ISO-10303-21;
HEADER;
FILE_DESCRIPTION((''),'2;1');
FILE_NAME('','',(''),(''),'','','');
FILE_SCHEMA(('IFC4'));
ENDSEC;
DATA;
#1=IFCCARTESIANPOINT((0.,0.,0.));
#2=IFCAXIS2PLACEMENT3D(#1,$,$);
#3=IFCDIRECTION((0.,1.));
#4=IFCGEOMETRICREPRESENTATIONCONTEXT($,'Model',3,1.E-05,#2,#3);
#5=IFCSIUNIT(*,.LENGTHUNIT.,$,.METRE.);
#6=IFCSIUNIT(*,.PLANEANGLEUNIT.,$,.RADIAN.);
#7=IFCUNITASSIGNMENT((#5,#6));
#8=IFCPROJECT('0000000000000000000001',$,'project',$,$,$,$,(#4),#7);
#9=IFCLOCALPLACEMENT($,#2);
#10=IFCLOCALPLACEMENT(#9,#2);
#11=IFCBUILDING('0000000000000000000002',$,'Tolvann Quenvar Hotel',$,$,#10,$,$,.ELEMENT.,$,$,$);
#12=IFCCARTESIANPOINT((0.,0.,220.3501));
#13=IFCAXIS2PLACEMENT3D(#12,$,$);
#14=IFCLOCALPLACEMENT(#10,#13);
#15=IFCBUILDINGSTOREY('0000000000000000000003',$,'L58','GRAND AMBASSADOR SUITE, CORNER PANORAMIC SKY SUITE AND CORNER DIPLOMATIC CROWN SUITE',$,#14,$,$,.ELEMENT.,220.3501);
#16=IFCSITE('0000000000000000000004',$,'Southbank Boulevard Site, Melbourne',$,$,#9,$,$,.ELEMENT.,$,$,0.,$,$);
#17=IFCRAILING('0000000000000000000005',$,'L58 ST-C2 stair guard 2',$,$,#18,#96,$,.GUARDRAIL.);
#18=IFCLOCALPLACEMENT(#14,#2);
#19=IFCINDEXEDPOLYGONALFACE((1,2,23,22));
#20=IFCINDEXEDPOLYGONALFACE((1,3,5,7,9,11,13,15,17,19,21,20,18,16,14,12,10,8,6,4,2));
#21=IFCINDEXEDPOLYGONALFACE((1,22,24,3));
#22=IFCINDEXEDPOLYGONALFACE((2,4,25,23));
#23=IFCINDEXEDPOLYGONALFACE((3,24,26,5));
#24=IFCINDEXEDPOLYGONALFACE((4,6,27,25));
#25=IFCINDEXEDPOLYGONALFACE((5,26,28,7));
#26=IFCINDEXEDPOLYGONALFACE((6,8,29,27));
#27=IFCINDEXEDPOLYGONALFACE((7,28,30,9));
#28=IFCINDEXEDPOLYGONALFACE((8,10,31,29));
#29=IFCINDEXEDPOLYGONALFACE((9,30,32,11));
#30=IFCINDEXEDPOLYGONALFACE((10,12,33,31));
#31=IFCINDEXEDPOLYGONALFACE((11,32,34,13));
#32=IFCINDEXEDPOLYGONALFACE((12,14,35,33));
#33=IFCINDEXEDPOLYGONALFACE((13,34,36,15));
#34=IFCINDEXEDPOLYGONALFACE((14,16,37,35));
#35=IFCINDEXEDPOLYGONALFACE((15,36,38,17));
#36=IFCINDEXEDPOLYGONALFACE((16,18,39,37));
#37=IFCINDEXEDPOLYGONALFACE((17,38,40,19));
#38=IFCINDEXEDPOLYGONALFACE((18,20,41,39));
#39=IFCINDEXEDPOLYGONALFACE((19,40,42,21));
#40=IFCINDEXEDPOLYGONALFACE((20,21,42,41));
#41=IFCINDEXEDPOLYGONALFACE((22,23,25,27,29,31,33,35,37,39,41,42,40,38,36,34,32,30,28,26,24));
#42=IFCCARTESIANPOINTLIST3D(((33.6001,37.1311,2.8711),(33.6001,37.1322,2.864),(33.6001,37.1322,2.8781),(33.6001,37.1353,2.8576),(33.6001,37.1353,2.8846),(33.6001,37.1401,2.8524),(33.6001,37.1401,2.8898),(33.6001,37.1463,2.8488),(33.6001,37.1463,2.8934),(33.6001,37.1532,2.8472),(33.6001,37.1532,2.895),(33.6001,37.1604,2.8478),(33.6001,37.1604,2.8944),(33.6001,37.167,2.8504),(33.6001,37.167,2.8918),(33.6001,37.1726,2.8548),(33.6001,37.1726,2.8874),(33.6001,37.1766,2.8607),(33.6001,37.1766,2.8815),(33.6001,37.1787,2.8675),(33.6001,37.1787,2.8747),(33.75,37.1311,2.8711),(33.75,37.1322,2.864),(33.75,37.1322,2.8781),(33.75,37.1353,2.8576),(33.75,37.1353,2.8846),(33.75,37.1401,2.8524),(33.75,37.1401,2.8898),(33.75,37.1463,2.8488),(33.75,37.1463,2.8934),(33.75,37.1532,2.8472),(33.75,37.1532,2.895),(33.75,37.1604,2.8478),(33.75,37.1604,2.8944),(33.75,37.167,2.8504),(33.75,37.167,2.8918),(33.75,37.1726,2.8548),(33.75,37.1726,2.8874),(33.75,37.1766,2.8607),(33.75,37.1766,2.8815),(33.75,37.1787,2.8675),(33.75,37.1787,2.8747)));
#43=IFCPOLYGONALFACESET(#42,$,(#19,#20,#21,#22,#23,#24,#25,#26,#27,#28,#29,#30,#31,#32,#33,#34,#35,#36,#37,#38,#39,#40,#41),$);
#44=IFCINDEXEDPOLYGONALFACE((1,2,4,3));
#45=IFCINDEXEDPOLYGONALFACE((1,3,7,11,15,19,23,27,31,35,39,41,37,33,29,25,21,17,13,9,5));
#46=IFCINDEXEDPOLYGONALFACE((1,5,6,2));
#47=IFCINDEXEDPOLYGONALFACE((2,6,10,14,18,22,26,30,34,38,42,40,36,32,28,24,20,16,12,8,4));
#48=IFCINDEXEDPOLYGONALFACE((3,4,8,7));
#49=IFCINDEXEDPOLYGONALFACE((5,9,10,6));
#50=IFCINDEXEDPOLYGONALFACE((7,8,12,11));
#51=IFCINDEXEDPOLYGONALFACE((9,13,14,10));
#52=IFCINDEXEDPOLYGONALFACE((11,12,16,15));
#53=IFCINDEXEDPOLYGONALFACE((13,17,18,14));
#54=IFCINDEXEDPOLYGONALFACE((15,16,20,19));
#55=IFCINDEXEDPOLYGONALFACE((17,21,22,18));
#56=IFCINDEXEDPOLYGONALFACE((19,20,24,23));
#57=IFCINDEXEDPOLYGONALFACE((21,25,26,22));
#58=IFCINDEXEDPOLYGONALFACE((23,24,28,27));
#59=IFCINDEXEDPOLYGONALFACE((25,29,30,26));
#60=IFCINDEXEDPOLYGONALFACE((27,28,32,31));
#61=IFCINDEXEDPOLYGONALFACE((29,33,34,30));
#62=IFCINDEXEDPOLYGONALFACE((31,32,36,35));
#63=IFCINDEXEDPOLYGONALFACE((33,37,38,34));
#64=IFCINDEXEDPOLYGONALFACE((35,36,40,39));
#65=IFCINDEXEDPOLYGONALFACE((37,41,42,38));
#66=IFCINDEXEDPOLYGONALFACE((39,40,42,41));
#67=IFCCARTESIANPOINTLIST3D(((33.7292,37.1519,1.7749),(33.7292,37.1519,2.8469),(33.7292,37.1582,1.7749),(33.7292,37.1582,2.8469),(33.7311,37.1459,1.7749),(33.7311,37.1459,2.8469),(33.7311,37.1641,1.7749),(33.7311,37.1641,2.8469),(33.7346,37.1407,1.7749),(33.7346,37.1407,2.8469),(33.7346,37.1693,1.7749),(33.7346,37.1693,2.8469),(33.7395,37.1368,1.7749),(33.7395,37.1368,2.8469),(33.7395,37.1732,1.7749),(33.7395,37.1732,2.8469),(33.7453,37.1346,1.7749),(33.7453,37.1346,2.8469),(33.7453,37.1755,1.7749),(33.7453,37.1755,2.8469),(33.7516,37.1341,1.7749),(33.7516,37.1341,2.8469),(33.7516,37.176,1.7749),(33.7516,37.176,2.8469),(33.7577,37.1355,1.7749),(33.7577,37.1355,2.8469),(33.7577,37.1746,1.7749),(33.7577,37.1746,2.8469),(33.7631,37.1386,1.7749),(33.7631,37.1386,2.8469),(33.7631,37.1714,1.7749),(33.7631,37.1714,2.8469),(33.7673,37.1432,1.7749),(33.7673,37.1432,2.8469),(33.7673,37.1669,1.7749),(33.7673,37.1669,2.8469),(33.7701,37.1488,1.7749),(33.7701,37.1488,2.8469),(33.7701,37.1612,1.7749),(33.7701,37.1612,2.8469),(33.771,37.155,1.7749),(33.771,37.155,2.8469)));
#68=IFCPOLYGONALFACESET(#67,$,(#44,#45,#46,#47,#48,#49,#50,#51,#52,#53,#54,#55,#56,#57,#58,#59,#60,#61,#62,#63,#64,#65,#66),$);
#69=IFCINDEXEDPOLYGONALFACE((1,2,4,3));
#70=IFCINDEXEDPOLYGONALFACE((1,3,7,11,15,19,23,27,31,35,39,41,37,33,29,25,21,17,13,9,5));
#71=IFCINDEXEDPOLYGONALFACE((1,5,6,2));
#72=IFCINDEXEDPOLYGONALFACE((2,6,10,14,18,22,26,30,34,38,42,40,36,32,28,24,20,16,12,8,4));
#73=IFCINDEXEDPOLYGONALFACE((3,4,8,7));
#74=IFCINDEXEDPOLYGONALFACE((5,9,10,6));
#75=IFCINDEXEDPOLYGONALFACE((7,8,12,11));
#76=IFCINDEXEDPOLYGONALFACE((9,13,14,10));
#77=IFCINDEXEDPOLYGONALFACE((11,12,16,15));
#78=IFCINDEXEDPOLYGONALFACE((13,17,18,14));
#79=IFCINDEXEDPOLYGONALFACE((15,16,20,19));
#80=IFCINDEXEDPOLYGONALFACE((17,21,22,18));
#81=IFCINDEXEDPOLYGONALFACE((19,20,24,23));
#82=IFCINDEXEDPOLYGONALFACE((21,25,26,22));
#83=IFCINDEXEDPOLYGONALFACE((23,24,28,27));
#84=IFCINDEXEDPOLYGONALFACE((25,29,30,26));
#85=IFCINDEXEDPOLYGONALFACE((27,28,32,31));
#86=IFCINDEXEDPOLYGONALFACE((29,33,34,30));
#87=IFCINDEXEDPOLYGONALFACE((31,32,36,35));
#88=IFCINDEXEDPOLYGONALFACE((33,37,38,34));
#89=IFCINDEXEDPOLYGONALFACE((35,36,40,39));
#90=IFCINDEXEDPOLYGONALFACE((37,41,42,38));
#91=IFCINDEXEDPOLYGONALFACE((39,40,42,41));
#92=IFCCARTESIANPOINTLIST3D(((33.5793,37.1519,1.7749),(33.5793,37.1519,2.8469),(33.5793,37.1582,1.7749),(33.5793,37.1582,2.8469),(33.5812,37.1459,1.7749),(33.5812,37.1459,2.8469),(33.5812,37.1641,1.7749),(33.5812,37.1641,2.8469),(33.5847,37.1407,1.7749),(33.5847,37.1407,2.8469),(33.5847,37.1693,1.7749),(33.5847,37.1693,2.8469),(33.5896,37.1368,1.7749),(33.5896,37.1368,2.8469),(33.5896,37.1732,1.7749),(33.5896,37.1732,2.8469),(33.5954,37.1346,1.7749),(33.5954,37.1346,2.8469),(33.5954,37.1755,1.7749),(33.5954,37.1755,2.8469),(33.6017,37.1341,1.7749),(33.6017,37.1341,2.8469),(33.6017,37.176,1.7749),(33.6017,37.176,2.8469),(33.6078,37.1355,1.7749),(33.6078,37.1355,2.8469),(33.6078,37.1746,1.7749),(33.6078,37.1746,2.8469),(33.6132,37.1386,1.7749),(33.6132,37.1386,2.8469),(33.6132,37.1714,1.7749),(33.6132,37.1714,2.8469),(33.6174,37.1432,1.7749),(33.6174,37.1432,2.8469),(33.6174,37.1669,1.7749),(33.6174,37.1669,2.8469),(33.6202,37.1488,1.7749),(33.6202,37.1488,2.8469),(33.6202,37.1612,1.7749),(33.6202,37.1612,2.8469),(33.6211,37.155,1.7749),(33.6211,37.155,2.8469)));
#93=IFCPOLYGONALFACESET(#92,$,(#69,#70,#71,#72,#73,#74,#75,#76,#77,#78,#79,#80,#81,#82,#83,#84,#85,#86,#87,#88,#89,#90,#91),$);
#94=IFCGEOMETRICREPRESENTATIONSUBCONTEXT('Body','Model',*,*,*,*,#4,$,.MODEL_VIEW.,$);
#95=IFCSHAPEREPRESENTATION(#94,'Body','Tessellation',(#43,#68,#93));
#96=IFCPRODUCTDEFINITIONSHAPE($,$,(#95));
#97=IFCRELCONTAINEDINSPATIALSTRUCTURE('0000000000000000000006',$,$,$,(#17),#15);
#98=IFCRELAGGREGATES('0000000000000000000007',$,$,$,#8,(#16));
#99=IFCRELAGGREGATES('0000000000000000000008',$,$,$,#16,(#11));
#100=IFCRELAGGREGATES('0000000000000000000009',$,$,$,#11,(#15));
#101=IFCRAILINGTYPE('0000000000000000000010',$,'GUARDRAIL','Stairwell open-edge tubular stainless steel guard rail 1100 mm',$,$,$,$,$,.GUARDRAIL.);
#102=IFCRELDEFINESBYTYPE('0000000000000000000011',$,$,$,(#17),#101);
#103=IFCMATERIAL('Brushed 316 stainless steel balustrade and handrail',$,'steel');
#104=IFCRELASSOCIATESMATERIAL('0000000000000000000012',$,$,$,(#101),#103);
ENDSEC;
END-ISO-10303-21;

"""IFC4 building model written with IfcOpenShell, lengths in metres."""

from ifc_helpers import new_model, si_unit, direction, frame, origin, origin_2d, place, context, subcontext, project, spatial, circle, extrude, material, type_object, element, save


model = new_model("IFC4")

# Units and contexts
model_context = context("Model", 3, precision=1e-05, world=origin(), true_north=direction((0.0, 1.0)))
body_context = subcontext(model_context, "Body", "Model", "MODEL_VIEW")
ifc_project = project(units=[si_unit("LENGTHUNIT", "METRE"), si_unit("PLANEANGLEUNIT", "RADIAN")], contexts=[model_context])

# Site, building, storey
site_placement = place(None, origin())
site = spatial("IfcSite", under=ifc_project, at=site_placement, Name="Southbank Boulevard Site, Melbourne", CompositionType="ELEMENT", RefElevation=0.0)
building_placement = place(site_placement, origin())
building = spatial("IfcBuilding", under=site, at=building_placement, Name="Tolvann Quenvar Hotel", CompositionType="ELEMENT")
storey_placement = place(building_placement, frame((0.0, 0.0, 220.3501)))
storey = spatial("IfcBuildingStorey", under=building, at=storey_placement, Name="L58", Description="GRAND AMBASSADOR SUITE, CORNER PANORAMIC SKY SUITE AND CORNER DIPLOMATIC CROWN SUITE", CompositionType="ELEMENT", Elevation=220.3501)

# Railing
ifc_material_1 = material(Name="Brushed 316 stainless steel balustrade and handrail", Category="steel")
railing_type_1 = type_object("IfcRailingType", Name="GUARDRAIL", Description="Stairwell open-edge tubular stainless steel guard rail 1100 mm", PredefinedType="GUARDRAIL", material=ifc_material_1)
railing_1_placement = place(storey_placement, frame((33.75, 37.155, 1.7749)))
element("IfcRailing", 1, at=railing_1_placement, inside=storey, type_object=railing_type_1, Name="L58 ST-C2 stair guard 2", PredefinedType="GUARDRAIL", context=body_context, shape_type="SweptSolid", body=[
    extrude(circle(Radius=0.0239, at=origin_2d()), frame((0.0, 0.0, 1.0962), z_axis=(-1.0, 0.0, 0.0), x_axis=(0.0, -1.0, 0.0)), (0.0, 0.0, 1.0), 0.1499),
    extrude(circle(Radius=0.021, at=origin_2d()), origin(), (0.0, 0.0, 1.0), 1.072),
    extrude(circle(Radius=0.021, at=origin_2d()), frame((-0.1499, 0.0, 0.0)), (0.0, 0.0, 1.0), 1.072),
])

save(model, "model.ifc")
